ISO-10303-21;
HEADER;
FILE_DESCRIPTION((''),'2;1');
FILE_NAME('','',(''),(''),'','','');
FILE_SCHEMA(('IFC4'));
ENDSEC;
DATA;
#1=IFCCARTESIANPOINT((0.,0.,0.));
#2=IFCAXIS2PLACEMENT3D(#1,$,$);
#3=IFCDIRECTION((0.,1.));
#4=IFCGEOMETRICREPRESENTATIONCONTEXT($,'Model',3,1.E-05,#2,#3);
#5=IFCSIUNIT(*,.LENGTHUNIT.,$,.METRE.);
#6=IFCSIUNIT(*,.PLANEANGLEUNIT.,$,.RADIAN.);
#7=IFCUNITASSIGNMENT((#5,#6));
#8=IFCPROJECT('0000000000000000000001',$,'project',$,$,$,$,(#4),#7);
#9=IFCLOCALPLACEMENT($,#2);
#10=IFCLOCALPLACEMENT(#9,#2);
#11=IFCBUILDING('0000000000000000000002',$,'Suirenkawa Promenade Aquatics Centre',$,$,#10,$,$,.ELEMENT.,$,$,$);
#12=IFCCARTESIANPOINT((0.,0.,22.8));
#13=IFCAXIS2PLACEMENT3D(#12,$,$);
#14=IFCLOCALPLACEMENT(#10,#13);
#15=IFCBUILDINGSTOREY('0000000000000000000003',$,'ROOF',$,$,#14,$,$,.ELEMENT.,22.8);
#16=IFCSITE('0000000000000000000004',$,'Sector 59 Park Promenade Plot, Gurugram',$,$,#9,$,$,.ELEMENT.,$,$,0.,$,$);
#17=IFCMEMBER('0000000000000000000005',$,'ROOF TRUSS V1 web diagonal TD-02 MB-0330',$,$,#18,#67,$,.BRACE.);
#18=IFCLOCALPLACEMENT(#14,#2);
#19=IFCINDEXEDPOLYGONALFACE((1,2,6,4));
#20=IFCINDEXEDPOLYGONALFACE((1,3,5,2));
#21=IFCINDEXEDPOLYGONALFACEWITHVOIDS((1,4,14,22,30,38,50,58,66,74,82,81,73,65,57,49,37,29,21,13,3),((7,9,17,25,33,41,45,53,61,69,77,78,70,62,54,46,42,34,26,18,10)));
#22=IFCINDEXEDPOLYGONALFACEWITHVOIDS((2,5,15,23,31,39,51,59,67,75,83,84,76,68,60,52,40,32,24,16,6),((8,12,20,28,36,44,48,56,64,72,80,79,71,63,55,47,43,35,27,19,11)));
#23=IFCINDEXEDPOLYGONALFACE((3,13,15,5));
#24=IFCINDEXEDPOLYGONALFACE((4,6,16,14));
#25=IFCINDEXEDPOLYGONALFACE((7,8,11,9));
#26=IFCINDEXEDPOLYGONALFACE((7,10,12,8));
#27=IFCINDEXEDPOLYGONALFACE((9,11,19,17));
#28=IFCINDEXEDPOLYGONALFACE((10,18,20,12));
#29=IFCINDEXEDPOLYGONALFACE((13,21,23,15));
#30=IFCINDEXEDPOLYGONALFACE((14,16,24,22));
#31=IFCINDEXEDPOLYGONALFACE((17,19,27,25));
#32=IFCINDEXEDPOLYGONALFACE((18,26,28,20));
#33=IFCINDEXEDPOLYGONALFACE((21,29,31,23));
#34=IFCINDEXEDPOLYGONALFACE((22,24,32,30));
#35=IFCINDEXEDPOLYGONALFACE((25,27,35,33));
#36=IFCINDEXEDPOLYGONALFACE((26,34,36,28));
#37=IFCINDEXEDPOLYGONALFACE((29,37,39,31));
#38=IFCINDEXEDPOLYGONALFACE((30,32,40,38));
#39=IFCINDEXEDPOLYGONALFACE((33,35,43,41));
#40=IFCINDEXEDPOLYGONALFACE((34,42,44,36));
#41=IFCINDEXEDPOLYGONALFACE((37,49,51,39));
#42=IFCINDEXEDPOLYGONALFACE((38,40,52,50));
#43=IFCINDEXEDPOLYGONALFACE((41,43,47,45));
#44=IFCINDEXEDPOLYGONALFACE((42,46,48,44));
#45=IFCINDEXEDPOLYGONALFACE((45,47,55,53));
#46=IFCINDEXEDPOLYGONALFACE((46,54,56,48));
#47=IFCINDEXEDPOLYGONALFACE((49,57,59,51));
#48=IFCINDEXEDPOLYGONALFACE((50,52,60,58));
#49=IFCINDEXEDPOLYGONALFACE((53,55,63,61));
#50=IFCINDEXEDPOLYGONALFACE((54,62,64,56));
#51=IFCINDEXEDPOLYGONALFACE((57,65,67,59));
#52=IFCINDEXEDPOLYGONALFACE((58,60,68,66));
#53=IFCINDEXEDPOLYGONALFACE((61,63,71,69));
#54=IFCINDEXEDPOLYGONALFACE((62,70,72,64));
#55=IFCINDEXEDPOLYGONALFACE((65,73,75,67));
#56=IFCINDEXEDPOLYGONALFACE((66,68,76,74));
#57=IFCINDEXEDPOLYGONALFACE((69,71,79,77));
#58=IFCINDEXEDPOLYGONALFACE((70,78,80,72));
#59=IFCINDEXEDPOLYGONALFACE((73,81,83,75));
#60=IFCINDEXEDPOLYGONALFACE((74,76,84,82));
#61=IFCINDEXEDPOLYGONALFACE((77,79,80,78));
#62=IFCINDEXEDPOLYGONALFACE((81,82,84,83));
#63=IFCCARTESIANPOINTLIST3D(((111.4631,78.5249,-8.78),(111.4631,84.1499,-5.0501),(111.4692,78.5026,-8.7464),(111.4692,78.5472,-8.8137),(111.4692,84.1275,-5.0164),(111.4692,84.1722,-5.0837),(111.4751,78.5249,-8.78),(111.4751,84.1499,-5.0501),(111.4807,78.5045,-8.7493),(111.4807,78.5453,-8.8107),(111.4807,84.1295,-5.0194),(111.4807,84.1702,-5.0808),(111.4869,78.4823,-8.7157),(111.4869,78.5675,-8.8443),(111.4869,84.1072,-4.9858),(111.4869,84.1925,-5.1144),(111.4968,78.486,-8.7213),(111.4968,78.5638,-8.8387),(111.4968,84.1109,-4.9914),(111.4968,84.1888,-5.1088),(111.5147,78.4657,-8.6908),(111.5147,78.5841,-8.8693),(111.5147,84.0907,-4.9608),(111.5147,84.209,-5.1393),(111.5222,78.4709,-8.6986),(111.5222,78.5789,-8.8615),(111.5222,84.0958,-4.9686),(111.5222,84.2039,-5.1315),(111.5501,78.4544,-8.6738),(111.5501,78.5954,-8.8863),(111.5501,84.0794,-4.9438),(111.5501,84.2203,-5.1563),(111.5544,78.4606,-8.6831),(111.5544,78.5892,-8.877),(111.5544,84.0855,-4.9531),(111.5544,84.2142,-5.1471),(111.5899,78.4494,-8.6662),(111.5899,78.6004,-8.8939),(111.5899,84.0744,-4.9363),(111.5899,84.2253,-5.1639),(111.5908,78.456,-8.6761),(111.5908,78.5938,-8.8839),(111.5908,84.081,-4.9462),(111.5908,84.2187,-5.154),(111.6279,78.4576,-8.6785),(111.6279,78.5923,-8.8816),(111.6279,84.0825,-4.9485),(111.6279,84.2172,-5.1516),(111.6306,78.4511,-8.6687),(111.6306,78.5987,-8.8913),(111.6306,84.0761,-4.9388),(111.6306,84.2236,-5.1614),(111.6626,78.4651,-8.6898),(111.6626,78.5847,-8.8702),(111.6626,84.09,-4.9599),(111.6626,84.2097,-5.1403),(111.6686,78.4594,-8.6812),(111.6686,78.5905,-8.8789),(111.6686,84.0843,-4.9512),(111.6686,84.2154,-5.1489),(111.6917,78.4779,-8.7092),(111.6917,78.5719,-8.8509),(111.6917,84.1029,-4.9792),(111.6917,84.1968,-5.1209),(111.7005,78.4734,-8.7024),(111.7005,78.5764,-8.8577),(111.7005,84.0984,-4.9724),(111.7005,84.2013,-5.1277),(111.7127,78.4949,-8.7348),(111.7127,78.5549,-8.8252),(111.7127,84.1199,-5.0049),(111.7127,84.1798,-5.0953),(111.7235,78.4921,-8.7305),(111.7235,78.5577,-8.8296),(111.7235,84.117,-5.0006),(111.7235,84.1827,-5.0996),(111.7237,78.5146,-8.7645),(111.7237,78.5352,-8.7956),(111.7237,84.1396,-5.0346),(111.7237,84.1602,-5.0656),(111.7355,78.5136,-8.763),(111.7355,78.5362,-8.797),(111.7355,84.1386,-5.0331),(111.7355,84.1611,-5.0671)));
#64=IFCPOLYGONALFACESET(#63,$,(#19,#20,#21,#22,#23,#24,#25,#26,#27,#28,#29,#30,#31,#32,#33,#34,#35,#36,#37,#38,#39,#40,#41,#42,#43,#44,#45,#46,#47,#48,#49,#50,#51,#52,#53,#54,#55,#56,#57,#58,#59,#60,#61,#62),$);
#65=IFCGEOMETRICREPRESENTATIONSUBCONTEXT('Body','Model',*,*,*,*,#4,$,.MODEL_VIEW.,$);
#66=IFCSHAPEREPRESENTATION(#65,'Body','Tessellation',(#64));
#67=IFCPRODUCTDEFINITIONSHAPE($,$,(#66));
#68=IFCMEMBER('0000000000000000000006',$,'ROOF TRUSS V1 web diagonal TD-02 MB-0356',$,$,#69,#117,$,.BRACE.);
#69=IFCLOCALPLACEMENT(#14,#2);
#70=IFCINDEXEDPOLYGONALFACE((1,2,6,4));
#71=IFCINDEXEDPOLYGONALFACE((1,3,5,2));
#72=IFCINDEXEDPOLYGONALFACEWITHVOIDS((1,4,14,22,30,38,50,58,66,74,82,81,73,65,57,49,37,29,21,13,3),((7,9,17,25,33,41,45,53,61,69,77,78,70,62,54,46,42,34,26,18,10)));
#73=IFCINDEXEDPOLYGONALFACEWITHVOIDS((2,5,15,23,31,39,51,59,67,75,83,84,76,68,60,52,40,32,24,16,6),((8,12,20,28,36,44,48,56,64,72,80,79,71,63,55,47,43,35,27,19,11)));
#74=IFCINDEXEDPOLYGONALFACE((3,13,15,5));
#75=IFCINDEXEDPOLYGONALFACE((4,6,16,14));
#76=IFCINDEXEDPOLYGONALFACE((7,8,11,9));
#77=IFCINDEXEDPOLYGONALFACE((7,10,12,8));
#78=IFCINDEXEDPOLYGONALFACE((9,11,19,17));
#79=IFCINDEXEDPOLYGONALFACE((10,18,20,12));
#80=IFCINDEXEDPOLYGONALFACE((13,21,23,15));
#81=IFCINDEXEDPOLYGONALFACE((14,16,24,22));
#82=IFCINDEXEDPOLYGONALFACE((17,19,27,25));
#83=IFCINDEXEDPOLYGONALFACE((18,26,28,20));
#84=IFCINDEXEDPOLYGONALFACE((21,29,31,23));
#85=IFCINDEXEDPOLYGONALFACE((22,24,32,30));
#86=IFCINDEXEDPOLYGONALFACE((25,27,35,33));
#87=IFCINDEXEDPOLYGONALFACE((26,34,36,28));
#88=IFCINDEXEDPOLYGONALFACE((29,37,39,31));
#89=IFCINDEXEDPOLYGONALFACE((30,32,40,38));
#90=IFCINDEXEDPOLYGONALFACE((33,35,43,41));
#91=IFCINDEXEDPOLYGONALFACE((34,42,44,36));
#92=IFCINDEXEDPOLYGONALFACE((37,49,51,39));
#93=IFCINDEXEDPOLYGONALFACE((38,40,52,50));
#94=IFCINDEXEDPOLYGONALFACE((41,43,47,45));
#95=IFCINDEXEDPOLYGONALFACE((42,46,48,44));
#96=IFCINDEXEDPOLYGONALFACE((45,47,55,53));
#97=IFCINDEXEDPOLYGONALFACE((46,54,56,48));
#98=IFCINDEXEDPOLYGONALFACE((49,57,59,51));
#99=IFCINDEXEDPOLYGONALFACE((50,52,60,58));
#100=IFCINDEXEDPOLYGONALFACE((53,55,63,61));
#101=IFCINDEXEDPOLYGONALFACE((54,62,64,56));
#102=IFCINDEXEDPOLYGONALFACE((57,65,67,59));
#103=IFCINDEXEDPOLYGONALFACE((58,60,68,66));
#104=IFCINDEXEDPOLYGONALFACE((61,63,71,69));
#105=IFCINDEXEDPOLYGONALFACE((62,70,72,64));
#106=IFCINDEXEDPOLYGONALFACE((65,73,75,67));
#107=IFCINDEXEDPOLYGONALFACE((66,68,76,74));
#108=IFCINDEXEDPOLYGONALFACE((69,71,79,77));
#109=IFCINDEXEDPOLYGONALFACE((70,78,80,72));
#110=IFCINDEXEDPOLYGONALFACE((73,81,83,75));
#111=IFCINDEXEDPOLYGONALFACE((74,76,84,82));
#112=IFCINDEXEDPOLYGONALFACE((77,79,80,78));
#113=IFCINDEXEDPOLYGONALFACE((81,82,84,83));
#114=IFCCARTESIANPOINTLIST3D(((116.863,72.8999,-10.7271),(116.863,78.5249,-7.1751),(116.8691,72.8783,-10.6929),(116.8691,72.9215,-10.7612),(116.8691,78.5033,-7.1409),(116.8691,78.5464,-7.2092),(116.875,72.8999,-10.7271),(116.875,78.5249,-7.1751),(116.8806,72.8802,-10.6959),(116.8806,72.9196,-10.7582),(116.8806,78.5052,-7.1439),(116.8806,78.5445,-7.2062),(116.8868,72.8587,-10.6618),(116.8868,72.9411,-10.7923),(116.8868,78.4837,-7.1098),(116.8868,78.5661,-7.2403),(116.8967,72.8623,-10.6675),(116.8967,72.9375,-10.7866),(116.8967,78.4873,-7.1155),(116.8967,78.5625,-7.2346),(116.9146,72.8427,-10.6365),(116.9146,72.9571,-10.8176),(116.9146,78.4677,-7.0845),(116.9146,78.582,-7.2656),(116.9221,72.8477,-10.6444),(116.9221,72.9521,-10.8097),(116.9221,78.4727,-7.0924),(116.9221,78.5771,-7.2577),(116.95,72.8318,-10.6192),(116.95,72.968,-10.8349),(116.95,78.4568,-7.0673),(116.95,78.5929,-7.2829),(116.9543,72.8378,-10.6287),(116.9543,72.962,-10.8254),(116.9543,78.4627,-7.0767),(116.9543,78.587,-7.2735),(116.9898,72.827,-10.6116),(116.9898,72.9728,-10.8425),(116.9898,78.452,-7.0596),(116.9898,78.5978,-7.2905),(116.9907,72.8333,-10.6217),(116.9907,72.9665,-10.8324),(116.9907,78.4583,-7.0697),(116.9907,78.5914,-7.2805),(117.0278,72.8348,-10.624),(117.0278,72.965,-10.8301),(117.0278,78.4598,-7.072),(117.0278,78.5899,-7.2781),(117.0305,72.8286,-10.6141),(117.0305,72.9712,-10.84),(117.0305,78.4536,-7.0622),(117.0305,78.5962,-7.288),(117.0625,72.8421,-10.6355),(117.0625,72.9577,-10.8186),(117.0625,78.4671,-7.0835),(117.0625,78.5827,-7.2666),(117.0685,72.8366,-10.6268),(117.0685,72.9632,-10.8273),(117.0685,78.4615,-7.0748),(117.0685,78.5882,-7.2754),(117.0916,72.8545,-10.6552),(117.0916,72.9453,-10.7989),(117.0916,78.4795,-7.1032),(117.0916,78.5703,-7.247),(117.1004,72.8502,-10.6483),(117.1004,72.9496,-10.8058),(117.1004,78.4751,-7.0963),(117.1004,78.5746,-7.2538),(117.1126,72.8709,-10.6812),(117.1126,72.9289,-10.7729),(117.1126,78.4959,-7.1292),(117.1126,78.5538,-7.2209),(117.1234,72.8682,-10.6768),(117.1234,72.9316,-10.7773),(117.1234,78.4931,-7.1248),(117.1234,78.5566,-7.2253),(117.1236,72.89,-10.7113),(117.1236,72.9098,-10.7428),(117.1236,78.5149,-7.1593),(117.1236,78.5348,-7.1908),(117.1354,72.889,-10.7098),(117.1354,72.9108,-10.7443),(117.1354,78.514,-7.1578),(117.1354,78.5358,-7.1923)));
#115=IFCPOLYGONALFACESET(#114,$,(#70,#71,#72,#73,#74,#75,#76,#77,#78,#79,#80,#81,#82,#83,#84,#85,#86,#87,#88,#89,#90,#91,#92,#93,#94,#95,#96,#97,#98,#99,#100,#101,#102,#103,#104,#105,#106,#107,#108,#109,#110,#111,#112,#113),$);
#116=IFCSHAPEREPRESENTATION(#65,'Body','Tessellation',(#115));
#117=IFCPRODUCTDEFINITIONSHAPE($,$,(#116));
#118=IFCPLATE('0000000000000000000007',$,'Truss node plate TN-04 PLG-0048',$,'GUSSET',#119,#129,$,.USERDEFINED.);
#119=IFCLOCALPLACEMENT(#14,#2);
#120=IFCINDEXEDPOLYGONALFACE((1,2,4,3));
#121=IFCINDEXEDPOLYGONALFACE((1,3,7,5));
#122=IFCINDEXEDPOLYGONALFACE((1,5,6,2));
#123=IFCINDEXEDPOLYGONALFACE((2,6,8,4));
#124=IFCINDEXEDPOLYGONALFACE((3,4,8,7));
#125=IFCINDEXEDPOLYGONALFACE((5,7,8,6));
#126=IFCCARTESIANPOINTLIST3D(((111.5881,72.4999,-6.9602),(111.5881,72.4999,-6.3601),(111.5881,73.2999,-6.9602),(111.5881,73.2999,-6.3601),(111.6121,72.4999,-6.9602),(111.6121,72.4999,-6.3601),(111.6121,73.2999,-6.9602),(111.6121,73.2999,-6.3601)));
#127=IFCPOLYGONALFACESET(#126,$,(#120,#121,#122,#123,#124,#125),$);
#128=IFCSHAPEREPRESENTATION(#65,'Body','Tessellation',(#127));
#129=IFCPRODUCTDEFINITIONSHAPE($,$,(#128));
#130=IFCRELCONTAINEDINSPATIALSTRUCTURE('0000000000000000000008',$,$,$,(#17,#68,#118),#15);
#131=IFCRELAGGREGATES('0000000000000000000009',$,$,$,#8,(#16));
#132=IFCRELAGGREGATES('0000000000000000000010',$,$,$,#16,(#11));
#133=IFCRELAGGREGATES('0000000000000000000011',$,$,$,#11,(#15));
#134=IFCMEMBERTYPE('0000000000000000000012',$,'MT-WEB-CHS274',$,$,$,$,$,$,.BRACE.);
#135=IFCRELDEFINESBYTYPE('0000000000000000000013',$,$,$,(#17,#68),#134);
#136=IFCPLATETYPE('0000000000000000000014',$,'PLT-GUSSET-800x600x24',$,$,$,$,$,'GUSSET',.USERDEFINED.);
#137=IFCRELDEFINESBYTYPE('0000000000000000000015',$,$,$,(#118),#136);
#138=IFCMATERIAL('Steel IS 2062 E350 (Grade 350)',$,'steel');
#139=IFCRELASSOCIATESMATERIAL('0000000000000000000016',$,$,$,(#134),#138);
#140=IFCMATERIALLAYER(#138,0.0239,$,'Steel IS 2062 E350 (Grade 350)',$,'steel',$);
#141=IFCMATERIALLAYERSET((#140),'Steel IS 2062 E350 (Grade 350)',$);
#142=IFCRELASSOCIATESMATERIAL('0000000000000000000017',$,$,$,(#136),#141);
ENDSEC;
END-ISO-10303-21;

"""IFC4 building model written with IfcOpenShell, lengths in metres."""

from ifc_helpers import new_model, si_unit, direction, frame, origin, origin_2d, place, context, subcontext, project, spatial, rectangle, hollow_circle, extrude, material, layer, layer_set, material_profile, profile_set, type_object, element, save


model = new_model("IFC4")

# Units and contexts
model_context = context("Model", 3, precision=1e-05, world=origin(), true_north=direction((0.0, 1.0)))
body_context = subcontext(model_context, "Body", "Model", "MODEL_VIEW")
ifc_project = project(units=[si_unit("LENGTHUNIT", "METRE"), si_unit("PLANEANGLEUNIT", "RADIAN")], contexts=[model_context])

# Site, building, storey
site_placement = place(None, origin())
site = spatial("IfcSite", under=ifc_project, at=site_placement, Name="Sector 59 Park Promenade Plot, Gurugram", CompositionType="ELEMENT", RefElevation=0.0)
building_placement = place(site_placement, origin())
building = spatial("IfcBuilding", under=site, at=building_placement, Name="Suirenkawa Promenade Aquatics Centre", CompositionType="ELEMENT")
storey_placement = place(building_placement, frame((0.0, 0.0, 22.8)))
storey = spatial("IfcBuildingStorey", under=building, at=storey_placement, Name="ROOF", CompositionType="ELEMENT", Elevation=22.8)

# Shared definitions
ifc_material = material(Name="Steel IS 2062 E350 (Grade 350)", Category="steel")

# Members
ifc_material_profile_1 = material_profile(ifc_material, hollow_circle(Radius=0.137, WallThickness=0.012, at=origin_2d()), Name="CHS 274x12", Category="steel")
ifc_profile_set_1 = profile_set([ifc_material_profile_1], Name="Steel IS 2062 E350 (Grade 350)")
member_type_1 = type_object("IfcMemberType", Name="MT-WEB-CHS274", PredefinedType="BRACE", material=ifc_profile_set_1)
member_1_placement = place(storey_placement, frame((111.6001, 78.5249, -8.78), z_axis=(0.0, 0.833417, 0.552645), x_axis=(-1.0, 0.0, 0.0)))
element("IfcMember", 1, at=member_1_placement, inside=storey, type_object=member_type_1, Name="ROOF TRUSS V1 web diagonal TD-02 MB-0330", PredefinedType="BRACE", context=body_context, shape_type="SweptSolid", body=[
    extrude(hollow_circle(Radius=0.137, WallThickness=0.012, at=origin_2d()), origin(), (0.0, 0.0, 1.0), 6.7493),
])
member_2_placement = place(storey_placement, frame((117.0, 72.8999, -10.7271), z_axis=(0.0, 0.845532, 0.533925), x_axis=(-1.0, 0.0, 0.0)))
element("IfcMember", 2, at=member_2_placement, inside=storey, type_object=member_type_1, Name="ROOF TRUSS V1 web diagonal TD-02 MB-0356", PredefinedType="BRACE", context=body_context, shape_type="SweptSolid", body=[
    extrude(hollow_circle(Radius=0.137, WallThickness=0.012, at=origin_2d()), origin(), (0.0, 0.0, 1.0), 6.6526),
])

# Plate
ifc_layer = layer(ifc_material, 0.0239, Name="Steel IS 2062 E350 (Grade 350)", Category="steel")
ifc_layer_set = layer_set([ifc_layer], Name="Steel IS 2062 E350 (Grade 350)")
plate_type = type_object("IfcPlateType", Name="PLT-GUSSET-800x600x24", ElementType="GUSSET", PredefinedType="USERDEFINED", material=ifc_layer_set)
plate_placement = place(storey_placement, frame((111.6001, 72.8999, -6.9602), z_axis=(0.0, 0.0, 1.0), x_axis=(0.0, 1.0, 0.0)))
element("IfcPlate", 3, at=plate_placement, inside=storey, type_object=plate_type, Name="Truss node plate TN-04 PLG-0048", ObjectType="GUSSET", PredefinedType="USERDEFINED", context=body_context, shape_type="SweptSolid", body=[
    extrude(rectangle(XDim=0.8, YDim=0.0239, at=origin_2d()), origin(), (0.0, 0.0, 1.0), 0.6001),
])

save(model, "model.ifc")
